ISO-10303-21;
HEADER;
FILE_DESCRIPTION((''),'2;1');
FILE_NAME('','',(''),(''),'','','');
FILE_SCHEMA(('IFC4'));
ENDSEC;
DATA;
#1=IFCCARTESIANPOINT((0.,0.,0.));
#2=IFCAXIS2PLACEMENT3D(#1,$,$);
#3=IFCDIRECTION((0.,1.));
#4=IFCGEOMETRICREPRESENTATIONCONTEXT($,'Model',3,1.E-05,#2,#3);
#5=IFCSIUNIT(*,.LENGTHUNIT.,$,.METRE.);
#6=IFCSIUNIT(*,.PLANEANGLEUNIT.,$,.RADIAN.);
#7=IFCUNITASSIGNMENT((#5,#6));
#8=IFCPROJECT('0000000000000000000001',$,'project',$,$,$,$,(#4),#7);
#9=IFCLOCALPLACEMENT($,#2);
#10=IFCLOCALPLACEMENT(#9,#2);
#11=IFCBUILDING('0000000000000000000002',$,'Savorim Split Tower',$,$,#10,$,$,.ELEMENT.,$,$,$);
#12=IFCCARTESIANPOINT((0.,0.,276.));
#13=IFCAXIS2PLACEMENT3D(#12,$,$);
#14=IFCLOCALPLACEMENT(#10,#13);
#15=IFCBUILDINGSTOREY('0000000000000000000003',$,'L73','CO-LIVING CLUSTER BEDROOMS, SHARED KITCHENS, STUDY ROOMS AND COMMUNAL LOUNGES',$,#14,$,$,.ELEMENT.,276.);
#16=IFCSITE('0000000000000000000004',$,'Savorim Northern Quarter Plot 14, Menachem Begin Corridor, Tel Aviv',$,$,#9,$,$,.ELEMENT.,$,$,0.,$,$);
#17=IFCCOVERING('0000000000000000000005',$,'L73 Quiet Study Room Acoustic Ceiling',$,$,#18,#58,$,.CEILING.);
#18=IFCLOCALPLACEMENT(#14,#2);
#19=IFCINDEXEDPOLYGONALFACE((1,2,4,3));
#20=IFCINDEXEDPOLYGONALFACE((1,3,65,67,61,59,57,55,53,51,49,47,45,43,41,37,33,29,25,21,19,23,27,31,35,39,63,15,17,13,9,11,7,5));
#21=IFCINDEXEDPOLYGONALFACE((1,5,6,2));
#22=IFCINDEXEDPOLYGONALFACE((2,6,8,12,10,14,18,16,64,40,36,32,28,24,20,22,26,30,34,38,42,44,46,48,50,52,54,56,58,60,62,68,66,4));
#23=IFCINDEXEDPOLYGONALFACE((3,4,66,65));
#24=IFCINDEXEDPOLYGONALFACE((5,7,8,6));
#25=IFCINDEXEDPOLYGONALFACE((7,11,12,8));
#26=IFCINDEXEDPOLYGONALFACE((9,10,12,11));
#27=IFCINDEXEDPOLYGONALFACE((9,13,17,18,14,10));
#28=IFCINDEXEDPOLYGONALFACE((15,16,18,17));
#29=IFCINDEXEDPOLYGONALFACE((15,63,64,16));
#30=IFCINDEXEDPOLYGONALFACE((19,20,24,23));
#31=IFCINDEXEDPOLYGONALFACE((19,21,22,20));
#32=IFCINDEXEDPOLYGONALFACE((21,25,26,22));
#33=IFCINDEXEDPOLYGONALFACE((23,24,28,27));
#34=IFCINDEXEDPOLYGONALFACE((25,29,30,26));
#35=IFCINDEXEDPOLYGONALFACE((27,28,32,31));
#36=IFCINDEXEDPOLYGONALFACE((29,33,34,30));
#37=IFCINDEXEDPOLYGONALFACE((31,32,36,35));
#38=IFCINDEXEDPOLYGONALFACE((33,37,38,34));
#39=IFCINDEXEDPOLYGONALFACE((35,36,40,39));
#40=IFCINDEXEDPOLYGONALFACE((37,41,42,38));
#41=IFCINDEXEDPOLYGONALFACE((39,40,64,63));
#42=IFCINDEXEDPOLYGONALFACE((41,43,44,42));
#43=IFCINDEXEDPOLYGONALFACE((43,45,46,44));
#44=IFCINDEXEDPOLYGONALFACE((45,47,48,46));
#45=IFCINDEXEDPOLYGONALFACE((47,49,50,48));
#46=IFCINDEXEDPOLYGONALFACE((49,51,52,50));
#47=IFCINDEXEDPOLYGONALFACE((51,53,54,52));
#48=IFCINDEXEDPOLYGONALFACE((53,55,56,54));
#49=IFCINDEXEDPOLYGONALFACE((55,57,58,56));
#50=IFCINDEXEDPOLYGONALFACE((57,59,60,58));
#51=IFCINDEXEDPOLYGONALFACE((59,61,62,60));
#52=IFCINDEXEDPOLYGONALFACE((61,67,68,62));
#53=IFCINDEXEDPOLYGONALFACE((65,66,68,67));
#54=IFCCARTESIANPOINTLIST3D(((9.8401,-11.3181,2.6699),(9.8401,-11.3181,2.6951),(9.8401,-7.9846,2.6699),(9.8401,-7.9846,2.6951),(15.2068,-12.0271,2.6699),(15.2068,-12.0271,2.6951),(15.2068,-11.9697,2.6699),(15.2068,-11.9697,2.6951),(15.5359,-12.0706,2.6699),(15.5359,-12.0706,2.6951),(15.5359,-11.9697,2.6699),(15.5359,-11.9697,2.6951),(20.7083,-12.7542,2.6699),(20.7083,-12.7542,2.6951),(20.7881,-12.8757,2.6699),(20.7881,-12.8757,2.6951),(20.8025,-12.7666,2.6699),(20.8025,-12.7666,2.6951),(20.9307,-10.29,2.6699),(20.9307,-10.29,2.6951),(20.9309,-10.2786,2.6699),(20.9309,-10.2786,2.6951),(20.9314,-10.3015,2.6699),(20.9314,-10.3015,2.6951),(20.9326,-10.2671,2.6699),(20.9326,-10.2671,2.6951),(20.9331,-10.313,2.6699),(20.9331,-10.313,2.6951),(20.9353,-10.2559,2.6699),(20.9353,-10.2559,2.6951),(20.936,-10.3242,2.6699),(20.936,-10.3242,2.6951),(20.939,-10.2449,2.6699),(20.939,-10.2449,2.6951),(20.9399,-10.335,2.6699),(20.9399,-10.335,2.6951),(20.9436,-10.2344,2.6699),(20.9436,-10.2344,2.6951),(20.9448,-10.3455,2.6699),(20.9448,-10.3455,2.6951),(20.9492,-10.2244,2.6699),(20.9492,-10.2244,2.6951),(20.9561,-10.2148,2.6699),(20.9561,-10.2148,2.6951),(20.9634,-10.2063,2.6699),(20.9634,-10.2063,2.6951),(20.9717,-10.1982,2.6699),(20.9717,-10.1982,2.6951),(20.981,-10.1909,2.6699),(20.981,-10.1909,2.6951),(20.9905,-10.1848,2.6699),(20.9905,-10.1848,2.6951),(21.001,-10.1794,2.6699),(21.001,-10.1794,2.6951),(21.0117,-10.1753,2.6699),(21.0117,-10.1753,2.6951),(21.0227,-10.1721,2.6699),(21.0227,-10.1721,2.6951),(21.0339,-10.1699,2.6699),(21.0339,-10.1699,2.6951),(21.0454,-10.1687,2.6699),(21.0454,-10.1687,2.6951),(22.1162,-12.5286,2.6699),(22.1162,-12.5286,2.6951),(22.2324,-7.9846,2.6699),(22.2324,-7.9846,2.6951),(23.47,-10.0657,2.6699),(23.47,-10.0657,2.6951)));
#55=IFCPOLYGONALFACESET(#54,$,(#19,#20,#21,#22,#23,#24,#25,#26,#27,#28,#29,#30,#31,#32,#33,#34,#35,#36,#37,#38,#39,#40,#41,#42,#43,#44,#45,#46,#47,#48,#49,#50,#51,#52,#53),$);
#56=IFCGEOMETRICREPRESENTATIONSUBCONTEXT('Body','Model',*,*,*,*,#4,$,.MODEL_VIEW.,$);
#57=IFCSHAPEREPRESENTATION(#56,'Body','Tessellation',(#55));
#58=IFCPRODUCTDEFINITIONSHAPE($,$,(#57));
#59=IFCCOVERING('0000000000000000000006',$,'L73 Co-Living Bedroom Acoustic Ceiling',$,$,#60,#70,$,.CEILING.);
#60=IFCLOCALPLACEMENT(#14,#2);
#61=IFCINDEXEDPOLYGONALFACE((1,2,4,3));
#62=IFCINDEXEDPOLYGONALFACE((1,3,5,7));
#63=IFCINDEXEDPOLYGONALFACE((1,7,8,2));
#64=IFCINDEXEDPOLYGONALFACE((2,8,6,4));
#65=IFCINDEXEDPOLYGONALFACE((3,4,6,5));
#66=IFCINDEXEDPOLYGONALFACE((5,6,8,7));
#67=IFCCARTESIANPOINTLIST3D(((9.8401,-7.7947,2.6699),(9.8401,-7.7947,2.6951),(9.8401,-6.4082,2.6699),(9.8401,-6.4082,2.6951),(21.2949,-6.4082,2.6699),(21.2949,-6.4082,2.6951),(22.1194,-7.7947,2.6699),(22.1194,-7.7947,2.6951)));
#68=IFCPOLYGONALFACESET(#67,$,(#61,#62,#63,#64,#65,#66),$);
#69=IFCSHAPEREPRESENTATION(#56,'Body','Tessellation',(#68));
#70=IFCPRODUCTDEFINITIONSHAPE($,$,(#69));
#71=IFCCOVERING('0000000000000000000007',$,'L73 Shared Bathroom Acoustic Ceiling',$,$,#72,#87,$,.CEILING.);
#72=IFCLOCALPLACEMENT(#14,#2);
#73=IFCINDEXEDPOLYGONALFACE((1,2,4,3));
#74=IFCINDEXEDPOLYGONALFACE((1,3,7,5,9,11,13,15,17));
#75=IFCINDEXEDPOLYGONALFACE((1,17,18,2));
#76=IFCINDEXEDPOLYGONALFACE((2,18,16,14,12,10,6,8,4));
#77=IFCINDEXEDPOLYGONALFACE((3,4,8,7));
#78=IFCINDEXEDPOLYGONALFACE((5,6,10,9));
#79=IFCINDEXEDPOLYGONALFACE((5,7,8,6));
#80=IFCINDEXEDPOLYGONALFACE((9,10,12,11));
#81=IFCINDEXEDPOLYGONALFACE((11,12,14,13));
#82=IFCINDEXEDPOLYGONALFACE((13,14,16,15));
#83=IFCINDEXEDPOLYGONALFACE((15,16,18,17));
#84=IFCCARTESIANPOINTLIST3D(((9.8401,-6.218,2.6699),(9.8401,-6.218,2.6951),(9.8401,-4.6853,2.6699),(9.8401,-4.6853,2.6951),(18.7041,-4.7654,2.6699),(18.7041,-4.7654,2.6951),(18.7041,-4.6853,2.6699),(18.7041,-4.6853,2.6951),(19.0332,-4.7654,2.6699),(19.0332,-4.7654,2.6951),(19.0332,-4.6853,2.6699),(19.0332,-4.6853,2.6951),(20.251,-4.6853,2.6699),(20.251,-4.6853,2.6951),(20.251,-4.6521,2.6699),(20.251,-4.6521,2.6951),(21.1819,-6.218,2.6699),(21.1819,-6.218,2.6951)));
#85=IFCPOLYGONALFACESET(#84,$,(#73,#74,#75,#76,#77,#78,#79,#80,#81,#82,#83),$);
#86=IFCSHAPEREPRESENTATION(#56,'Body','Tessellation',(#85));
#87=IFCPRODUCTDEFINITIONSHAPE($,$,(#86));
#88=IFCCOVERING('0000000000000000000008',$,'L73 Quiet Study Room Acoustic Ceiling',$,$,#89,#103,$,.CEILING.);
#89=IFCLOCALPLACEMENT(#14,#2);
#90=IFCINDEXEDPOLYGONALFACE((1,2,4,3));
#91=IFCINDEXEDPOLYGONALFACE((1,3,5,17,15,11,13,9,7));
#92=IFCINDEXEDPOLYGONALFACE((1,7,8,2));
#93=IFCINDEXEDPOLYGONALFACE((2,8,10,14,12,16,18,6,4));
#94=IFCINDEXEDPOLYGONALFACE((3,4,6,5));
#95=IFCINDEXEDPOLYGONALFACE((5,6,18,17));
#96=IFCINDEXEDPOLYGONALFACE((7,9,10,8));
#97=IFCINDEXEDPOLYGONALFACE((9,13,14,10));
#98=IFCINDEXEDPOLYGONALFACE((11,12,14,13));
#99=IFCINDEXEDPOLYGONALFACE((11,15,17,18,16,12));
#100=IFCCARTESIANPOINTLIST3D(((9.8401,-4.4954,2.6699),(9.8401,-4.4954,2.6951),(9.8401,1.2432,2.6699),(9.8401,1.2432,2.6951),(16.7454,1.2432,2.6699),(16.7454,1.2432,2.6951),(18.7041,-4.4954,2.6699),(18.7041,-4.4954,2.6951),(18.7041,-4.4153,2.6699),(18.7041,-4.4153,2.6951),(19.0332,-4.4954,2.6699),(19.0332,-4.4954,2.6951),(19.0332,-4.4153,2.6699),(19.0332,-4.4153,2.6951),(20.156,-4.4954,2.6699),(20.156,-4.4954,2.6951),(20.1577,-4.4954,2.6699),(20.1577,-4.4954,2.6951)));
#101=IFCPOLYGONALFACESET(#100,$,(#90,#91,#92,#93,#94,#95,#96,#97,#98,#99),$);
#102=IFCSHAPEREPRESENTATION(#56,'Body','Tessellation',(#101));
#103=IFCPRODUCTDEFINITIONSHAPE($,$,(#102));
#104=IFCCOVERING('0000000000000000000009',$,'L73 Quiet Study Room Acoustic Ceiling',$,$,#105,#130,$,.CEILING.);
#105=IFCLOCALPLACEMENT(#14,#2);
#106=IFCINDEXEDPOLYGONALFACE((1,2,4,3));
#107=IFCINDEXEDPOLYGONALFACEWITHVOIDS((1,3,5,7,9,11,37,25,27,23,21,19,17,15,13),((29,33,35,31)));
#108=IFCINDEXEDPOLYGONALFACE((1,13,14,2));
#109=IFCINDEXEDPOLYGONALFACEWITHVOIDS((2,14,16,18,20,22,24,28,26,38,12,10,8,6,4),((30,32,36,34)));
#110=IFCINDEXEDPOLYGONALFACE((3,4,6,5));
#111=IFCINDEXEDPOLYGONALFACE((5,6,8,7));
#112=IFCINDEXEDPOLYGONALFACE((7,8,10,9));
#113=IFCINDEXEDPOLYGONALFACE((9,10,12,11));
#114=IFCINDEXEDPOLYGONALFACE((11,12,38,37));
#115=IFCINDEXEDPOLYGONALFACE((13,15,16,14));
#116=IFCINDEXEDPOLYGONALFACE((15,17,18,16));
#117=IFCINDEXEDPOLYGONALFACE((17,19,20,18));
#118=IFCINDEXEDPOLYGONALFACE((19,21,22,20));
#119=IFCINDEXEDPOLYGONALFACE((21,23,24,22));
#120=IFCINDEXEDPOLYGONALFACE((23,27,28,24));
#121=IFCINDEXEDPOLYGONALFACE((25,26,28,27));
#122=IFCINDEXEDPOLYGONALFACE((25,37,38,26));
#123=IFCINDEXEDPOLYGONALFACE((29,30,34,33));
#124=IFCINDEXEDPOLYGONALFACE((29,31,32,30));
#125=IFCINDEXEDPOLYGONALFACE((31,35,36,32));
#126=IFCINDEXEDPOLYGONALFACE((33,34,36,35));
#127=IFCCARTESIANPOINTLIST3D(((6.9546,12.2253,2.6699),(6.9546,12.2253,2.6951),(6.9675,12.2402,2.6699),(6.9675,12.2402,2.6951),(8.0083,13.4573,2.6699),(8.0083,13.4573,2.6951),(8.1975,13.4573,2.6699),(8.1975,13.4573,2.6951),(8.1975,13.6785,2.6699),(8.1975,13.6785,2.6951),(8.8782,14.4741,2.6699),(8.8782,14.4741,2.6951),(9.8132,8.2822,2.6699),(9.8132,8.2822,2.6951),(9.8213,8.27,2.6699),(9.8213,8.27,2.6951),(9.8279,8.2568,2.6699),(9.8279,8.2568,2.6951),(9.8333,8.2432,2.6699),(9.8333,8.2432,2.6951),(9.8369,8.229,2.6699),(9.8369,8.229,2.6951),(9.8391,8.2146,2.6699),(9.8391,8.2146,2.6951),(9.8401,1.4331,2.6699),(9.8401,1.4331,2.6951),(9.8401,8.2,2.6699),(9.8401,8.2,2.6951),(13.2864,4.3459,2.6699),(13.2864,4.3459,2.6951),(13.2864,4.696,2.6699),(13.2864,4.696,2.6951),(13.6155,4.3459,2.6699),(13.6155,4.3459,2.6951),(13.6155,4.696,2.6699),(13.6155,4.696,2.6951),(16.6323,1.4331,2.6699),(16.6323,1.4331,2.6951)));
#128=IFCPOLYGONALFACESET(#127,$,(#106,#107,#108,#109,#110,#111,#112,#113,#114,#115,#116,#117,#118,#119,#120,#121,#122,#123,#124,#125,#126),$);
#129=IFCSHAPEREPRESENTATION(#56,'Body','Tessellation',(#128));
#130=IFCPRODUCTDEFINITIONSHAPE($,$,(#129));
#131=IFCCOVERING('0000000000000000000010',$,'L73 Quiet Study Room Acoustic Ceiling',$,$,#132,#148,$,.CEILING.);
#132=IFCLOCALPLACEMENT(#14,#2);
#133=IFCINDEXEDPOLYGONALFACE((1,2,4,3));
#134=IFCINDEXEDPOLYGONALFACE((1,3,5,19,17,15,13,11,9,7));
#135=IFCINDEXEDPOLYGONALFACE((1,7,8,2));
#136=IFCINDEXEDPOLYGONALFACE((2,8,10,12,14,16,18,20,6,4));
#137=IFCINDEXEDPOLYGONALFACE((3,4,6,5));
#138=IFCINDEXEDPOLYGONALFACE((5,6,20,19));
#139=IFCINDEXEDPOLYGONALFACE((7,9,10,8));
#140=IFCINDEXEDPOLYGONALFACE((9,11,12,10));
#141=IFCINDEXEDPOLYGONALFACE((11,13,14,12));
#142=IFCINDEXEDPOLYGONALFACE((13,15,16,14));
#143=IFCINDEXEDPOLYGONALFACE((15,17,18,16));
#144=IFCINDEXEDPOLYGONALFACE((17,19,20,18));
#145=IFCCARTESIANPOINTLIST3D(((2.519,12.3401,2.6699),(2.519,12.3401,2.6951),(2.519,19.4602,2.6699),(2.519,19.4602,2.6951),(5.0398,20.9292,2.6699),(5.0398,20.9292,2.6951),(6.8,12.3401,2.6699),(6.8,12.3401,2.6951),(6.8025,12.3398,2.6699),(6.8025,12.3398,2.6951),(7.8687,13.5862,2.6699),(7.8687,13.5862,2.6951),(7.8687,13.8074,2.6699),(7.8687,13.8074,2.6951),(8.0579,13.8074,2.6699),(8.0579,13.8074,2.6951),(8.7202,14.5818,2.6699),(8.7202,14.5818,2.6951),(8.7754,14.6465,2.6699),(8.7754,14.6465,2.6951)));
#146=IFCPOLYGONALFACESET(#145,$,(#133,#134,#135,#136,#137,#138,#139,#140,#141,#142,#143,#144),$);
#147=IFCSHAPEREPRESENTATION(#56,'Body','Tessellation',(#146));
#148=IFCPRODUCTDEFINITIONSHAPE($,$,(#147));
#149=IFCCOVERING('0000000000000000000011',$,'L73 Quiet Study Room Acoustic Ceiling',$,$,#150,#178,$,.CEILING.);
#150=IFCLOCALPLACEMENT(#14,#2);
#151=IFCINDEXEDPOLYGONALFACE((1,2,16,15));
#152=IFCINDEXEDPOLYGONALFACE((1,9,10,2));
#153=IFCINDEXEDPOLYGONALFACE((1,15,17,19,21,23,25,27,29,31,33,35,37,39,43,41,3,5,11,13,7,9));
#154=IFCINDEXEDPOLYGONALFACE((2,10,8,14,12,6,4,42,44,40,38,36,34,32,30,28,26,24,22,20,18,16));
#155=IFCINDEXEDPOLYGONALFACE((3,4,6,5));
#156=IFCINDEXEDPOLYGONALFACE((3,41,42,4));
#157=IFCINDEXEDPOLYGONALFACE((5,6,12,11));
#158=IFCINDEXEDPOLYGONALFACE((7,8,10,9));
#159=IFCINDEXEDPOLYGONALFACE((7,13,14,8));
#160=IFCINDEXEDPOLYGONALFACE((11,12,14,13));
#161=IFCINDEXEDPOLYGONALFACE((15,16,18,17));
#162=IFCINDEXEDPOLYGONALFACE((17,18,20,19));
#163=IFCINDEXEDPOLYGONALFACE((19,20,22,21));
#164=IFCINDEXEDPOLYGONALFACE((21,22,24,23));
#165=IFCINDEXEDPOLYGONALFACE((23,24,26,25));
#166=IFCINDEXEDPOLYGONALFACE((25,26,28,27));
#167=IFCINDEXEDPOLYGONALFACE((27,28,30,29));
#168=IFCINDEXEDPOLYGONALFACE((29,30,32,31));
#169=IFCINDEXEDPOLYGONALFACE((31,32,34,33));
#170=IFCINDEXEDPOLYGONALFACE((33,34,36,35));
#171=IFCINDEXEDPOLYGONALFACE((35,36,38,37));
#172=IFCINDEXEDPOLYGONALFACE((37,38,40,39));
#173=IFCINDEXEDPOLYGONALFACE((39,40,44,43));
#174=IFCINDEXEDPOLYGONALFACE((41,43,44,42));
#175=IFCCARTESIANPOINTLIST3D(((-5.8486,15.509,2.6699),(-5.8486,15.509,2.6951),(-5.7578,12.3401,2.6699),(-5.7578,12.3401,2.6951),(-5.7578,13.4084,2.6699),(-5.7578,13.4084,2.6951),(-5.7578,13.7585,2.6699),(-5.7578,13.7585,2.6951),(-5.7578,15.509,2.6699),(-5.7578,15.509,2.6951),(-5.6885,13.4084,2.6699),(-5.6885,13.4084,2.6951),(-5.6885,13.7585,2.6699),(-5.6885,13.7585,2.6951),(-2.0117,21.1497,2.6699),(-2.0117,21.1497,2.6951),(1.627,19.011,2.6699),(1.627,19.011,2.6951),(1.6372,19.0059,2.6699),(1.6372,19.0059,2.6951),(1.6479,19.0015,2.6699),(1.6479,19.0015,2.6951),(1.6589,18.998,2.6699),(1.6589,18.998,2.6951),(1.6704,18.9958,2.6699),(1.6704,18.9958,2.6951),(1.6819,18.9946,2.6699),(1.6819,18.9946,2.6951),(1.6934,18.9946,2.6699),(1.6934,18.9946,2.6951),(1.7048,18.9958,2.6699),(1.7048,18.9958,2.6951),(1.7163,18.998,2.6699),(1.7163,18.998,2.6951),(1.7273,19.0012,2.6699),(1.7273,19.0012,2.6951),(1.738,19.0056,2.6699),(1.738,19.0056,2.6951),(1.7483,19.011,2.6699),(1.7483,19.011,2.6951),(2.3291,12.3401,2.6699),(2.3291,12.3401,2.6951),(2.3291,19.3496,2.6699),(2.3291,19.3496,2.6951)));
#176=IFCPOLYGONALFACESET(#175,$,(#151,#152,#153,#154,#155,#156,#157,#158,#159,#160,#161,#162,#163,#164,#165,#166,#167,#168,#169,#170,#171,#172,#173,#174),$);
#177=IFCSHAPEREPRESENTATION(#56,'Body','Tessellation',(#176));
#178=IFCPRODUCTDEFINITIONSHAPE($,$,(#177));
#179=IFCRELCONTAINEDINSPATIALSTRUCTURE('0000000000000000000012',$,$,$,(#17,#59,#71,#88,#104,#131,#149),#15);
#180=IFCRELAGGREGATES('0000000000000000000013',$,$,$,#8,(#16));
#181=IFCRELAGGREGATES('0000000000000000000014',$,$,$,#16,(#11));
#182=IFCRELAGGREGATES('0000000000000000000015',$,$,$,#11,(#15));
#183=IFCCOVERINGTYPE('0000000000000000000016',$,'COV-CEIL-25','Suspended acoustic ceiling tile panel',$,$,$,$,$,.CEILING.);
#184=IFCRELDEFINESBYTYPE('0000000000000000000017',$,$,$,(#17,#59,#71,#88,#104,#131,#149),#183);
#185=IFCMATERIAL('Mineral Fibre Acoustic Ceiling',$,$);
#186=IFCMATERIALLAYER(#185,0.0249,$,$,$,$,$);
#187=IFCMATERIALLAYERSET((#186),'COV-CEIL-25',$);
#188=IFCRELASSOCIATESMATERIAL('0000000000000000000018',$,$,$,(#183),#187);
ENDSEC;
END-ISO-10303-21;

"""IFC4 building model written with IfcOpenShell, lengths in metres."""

from ifc_helpers import new_model, si_unit, direction, frame, origin, place, context, subcontext, project, spatial, polyline, outline, extrude, material, layer, layer_set, type_object, element, save


model = new_model("IFC4")

# Units and contexts
model_context = context("Model", 3, precision=1e-05, world=origin(), true_north=direction((0.0, 1.0)))
body_context = subcontext(model_context, "Body", "Model", "MODEL_VIEW")
ifc_project = project(units=[si_unit("LENGTHUNIT", "METRE"), si_unit("PLANEANGLEUNIT", "RADIAN")], contexts=[model_context])

# Site, building, storey
site_placement = place(None, origin())
site = spatial("IfcSite", under=ifc_project, at=site_placement, Name="Savorim Northern Quarter Plot 14, Menachem Begin Corridor, Tel Aviv", CompositionType="ELEMENT", RefElevation=0.0)
building_placement = place(site_placement, origin())
building = spatial("IfcBuilding", under=site, at=building_placement, Name="Savorim Split Tower", CompositionType="ELEMENT")
storey_placement = place(building_placement, frame((0.0, 0.0, 276.0)))
storey = spatial("IfcBuildingStorey", under=building, at=storey_placement, Name="L73", Description="CO-LIVING CLUSTER BEDROOMS, SHARED KITCHENS, STUDY ROOMS AND COMMUNAL LOUNGES", CompositionType="ELEMENT", Elevation=276.0)

# Coverings
ifc_material_1 = material(Name="Mineral Fibre Acoustic Ceiling")
ifc_layer_1 = layer(ifc_material_1, 0.0249)
ifc_layer_set_1 = layer_set([ifc_layer_1], Name="COV-CEIL-25")
covering_type_1 = type_object("IfcCoveringType", Name="COV-CEIL-25", Description="Suspended acoustic ceiling tile panel", PredefinedType="CEILING", material=ifc_layer_set_1)
covering_1_placement = place(storey_placement, frame((0.0, 0.0, 2.6699)))
element("IfcCovering", 1, at=covering_1_placement, inside=storey, type_object=covering_type_1, Name="L73 Quiet Study Room Acoustic Ceiling", PredefinedType="CEILING", context=body_context, shape_type="SweptSolid", body=[
    extrude(outline(polyline([(21.0227, -10.1721), (21.0339, -10.1699), (21.0454, -10.1687), (23.47, -10.0657), (22.2324, -7.9846), (9.8401, -7.9846), (9.8401, -11.3181), (15.2068, -12.0271), (15.2068, -11.9697), (15.5359, -11.9697), (15.5359, -12.0706), (20.7083, -12.7542), (20.8025, -12.7666), (20.7881, -12.8757), (22.1162, -12.5286), (20.9448, -10.3455), (20.9399, -10.335), (20.936, -10.3242), (20.9331, -10.313), (20.9314, -10.3015), (20.9307, -10.29), (20.9309, -10.2786), (20.9326, -10.2671), (20.9353, -10.2559), (20.939, -10.2449), (20.9436, -10.2344), (20.9492, -10.2244), (20.9561, -10.2148), (20.9634, -10.2063), (20.9717, -10.1982), (20.981, -10.1909), (20.9905, -10.1848), (21.001, -10.1794), (21.0117, -10.1753), (21.0227, -10.1721)])), origin(), (0.0, 0.0, 1.0), 0.0251),
])
covering_2_placement = place(storey_placement, frame((0.0, 0.0, 2.6699)))
element("IfcCovering", 2, at=covering_2_placement, inside=storey, type_object=covering_type_1, Name="L73 Co-Living Bedroom Acoustic Ceiling", PredefinedType="CEILING", context=body_context, shape_type="SweptSolid", body=[
    extrude(outline(polyline([(22.1194, -7.7947), (21.2949, -6.4082), (9.8401, -6.4082), (9.8401, -7.7947), (22.1194, -7.7947)])), origin(), (0.0, 0.0, 1.0), 0.0251),
])
covering_3_placement = place(storey_placement, frame((0.0, 0.0, 2.6699)))
element("IfcCovering", 3, at=covering_3_placement, inside=storey, type_object=covering_type_1, Name="L73 Shared Bathroom Acoustic Ceiling", PredefinedType="CEILING", context=body_context, shape_type="SweptSolid", body=[
    extrude(outline(polyline([(18.7041, -4.7654), (18.7041, -4.6853), (9.8401, -4.6853), (9.8401, -6.218), (21.1819, -6.218), (20.251, -4.6521), (20.251, -4.6853), (19.0332, -4.6853), (19.0332, -4.7654), (18.7041, -4.7654)])), origin(), (0.0, 0.0, 1.0), 0.0251),
])
covering_4_placement = place(storey_placement, frame((0.0, 0.0, 2.6699)))
element("IfcCovering", 4, at=covering_4_placement, inside=storey, type_object=covering_type_1, Name="L73 Quiet Study Room Acoustic Ceiling", PredefinedType="CEILING", context=body_context, shape_type="SweptSolid", body=[
    extrude(outline(polyline([(19.0332, -4.4153), (19.0332, -4.4954), (20.156, -4.4954), (20.1577, -4.4954), (16.7454, 1.2432), (9.8401, 1.2432), (9.8401, -4.4954), (18.7041, -4.4954), (18.7041, -4.4153), (19.0332, -4.4153)])), origin(), (0.0, 0.0, 1.0), 0.0251),
])
covering_5_placement = place(storey_placement, frame((0.0, 0.0, 2.6699)))
element("IfcCovering", 5, at=covering_5_placement, inside=storey, type_object=covering_type_1, Name="L73 Quiet Study Room Acoustic Ceiling", PredefinedType="CEILING", context=body_context, shape_type="SweptSolid", body=[
    extrude(outline(polyline([(9.8369, 8.229), (9.8391, 8.2146), (9.8401, 8.2), (9.8401, 1.4331), (16.6323, 1.4331), (8.8782, 14.4741), (8.1975, 13.6785), (8.1975, 13.4573), (8.0083, 13.4573), (6.9675, 12.2402), (6.9546, 12.2253), (9.8132, 8.2822), (9.8213, 8.27), (9.8279, 8.2568), (9.8333, 8.2432), (9.8369, 8.229)]), holes=[polyline([(13.6155, 4.3459), (13.6155, 4.696), (13.2864, 4.696), (13.2864, 4.3459), (13.6155, 4.3459)])]), origin(), (0.0, 0.0, 1.0), 0.0251),
])
covering_6_placement = place(storey_placement, frame((0.0, 0.0, 2.6699)))
element("IfcCovering", 6, at=covering_6_placement, inside=storey, type_object=covering_type_1, Name="L73 Quiet Study Room Acoustic Ceiling", PredefinedType="CEILING", context=body_context, shape_type="SweptSolid", body=[
    extrude(outline(polyline([(8.7202, 14.5818), (8.7754, 14.6465), (5.0398, 20.9292), (2.519, 19.4602), (2.519, 12.3401), (6.8, 12.3401), (6.8025, 12.3398), (7.8687, 13.5862), (7.8687, 13.8074), (8.0579, 13.8074), (8.7202, 14.5818)])), origin(), (0.0, 0.0, 1.0), 0.0251),
])
covering_7_placement = place(storey_placement, frame((0.0, 0.0, 2.6699)))
element("IfcCovering", 7, at=covering_7_placement, inside=storey, type_object=covering_type_1, Name="L73 Quiet Study Room Acoustic Ceiling", PredefinedType="CEILING", context=body_context, shape_type="SweptSolid", body=[
    extrude(outline(polyline([(1.6479, 19.0015), (1.6372, 19.0059), (1.627, 19.011), (-2.0117, 21.1497), (-5.8486, 15.509), (-5.7578, 15.509), (-5.7578, 13.7585), (-5.6885, 13.7585), (-5.6885, 13.4084), (-5.7578, 13.4084), (-5.7578, 12.3401), (2.3291, 12.3401), (2.3291, 19.3496), (1.7483, 19.011), (1.738, 19.0056), (1.7273, 19.0012), (1.7163, 18.998), (1.7048, 18.9958), (1.6934, 18.9946), (1.6819, 18.9946), (1.6704, 18.9958), (1.6589, 18.998), (1.6479, 19.0015)])), origin(), (0.0, 0.0, 1.0), 0.0251),
])

save(model, "model.ifc")
